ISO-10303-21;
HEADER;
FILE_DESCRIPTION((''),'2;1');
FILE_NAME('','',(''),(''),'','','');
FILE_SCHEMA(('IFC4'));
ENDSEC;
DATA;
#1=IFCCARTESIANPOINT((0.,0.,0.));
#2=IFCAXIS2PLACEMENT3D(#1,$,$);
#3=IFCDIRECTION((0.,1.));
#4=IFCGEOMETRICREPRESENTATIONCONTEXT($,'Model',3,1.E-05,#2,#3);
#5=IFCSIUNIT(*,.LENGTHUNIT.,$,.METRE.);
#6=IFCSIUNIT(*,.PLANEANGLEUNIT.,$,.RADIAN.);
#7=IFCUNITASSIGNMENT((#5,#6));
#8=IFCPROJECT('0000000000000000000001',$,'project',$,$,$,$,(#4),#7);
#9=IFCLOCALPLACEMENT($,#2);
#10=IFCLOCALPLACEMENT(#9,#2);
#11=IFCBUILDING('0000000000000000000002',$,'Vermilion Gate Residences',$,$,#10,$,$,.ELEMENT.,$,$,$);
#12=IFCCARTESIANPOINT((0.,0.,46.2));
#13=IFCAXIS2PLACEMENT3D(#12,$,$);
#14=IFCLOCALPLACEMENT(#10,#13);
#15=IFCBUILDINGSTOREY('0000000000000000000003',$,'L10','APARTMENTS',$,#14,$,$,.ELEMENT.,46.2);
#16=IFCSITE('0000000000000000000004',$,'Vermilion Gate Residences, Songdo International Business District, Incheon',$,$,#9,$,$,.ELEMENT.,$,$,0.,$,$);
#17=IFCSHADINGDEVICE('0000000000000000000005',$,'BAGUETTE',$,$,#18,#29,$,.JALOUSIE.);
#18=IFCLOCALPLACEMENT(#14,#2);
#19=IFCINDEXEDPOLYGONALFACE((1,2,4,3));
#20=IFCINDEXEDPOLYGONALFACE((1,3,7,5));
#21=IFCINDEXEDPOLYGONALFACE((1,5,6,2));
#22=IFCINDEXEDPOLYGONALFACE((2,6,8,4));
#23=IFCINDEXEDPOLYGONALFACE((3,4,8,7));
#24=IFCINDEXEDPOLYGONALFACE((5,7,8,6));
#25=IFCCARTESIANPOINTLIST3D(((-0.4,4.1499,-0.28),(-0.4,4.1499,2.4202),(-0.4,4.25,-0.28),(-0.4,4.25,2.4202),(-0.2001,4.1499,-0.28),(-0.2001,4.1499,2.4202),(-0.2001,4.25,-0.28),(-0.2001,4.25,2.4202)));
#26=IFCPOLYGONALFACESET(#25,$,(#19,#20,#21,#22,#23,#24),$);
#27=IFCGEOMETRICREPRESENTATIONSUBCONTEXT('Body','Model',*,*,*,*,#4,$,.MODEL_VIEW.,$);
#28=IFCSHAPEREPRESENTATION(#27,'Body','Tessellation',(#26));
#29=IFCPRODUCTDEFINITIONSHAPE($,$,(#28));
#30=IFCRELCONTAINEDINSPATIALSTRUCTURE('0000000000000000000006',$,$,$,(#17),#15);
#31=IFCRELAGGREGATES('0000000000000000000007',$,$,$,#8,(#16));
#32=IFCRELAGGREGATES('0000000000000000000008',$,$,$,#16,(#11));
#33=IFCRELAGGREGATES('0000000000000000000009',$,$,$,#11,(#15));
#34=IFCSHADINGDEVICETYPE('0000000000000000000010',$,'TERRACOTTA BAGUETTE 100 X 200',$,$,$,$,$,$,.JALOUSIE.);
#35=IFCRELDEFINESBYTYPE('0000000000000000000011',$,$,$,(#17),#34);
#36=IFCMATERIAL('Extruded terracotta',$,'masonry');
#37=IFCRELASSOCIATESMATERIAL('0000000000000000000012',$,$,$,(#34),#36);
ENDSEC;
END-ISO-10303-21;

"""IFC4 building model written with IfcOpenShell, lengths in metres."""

from ifc_helpers import new_model, si_unit, direction, frame, origin, origin_2d, place, context, subcontext, project, spatial, rectangle, extrude, material, material_profile, profile_set, type_object, element, save


model = new_model("IFC4")

# Units and contexts
model_context = context("Model", 3, precision=1e-05, world=origin(), true_north=direction((0.0, 1.0)))
body_context = subcontext(model_context, "Body", "Model", "MODEL_VIEW")
ifc_project = project(units=[si_unit("LENGTHUNIT", "METRE"), si_unit("PLANEANGLEUNIT", "RADIAN")], contexts=[model_context])

# Site, building, storey
site_placement = place(None, origin())
site = spatial("IfcSite", under=ifc_project, at=site_placement, Name="Vermilion Gate Residences, Songdo International Business District, Incheon", CompositionType="ELEMENT", RefElevation=0.0)
building_placement = place(site_placement, origin())
building = spatial("IfcBuilding", under=site, at=building_placement, Name="Vermilion Gate Residences", CompositionType="ELEMENT")
storey_placement = place(building_placement, frame((0.0, 0.0, 46.2)))
storey = spatial("IfcBuildingStorey", under=building, at=storey_placement, Name="L10", Description="APARTMENTS", CompositionType="ELEMENT", Elevation=46.2)

# Shading device
ifc_material_1 = material(Name="Extruded terracotta", Category="masonry")
ifc_material_profile_1 = material_profile(ifc_material_1, rectangle(XDim=0.2, YDim=0.1001, at=origin_2d()), Name="BAGUETTE 100 X 200")
ifc_profile_set_1 = profile_set([ifc_material_profile_1], Name="Extruded terracotta")
shading_device_type = type_object("IfcShadingDeviceType", Name="TERRACOTTA BAGUETTE 100 X 200", PredefinedType="JALOUSIE", material=ifc_profile_set_1)
shading_device_placement = place(storey_placement, frame((-0.3, 4.2, -0.28), z_axis=(0.0, 0.0, 1.0), x_axis=(1.0, 0.0, 0.0)))
element("IfcShadingDevice", 1, at=shading_device_placement, inside=storey, type_object=shading_device_type, Name="BAGUETTE", PredefinedType="JALOUSIE", context=body_context, shape_type="SweptSolid", body=[
    extrude(rectangle(XDim=0.2, YDim=0.1001, at=origin_2d()), origin(), (0.0, 0.0, 1.0), 2.7002),
])

save(model, "model.ifc")
